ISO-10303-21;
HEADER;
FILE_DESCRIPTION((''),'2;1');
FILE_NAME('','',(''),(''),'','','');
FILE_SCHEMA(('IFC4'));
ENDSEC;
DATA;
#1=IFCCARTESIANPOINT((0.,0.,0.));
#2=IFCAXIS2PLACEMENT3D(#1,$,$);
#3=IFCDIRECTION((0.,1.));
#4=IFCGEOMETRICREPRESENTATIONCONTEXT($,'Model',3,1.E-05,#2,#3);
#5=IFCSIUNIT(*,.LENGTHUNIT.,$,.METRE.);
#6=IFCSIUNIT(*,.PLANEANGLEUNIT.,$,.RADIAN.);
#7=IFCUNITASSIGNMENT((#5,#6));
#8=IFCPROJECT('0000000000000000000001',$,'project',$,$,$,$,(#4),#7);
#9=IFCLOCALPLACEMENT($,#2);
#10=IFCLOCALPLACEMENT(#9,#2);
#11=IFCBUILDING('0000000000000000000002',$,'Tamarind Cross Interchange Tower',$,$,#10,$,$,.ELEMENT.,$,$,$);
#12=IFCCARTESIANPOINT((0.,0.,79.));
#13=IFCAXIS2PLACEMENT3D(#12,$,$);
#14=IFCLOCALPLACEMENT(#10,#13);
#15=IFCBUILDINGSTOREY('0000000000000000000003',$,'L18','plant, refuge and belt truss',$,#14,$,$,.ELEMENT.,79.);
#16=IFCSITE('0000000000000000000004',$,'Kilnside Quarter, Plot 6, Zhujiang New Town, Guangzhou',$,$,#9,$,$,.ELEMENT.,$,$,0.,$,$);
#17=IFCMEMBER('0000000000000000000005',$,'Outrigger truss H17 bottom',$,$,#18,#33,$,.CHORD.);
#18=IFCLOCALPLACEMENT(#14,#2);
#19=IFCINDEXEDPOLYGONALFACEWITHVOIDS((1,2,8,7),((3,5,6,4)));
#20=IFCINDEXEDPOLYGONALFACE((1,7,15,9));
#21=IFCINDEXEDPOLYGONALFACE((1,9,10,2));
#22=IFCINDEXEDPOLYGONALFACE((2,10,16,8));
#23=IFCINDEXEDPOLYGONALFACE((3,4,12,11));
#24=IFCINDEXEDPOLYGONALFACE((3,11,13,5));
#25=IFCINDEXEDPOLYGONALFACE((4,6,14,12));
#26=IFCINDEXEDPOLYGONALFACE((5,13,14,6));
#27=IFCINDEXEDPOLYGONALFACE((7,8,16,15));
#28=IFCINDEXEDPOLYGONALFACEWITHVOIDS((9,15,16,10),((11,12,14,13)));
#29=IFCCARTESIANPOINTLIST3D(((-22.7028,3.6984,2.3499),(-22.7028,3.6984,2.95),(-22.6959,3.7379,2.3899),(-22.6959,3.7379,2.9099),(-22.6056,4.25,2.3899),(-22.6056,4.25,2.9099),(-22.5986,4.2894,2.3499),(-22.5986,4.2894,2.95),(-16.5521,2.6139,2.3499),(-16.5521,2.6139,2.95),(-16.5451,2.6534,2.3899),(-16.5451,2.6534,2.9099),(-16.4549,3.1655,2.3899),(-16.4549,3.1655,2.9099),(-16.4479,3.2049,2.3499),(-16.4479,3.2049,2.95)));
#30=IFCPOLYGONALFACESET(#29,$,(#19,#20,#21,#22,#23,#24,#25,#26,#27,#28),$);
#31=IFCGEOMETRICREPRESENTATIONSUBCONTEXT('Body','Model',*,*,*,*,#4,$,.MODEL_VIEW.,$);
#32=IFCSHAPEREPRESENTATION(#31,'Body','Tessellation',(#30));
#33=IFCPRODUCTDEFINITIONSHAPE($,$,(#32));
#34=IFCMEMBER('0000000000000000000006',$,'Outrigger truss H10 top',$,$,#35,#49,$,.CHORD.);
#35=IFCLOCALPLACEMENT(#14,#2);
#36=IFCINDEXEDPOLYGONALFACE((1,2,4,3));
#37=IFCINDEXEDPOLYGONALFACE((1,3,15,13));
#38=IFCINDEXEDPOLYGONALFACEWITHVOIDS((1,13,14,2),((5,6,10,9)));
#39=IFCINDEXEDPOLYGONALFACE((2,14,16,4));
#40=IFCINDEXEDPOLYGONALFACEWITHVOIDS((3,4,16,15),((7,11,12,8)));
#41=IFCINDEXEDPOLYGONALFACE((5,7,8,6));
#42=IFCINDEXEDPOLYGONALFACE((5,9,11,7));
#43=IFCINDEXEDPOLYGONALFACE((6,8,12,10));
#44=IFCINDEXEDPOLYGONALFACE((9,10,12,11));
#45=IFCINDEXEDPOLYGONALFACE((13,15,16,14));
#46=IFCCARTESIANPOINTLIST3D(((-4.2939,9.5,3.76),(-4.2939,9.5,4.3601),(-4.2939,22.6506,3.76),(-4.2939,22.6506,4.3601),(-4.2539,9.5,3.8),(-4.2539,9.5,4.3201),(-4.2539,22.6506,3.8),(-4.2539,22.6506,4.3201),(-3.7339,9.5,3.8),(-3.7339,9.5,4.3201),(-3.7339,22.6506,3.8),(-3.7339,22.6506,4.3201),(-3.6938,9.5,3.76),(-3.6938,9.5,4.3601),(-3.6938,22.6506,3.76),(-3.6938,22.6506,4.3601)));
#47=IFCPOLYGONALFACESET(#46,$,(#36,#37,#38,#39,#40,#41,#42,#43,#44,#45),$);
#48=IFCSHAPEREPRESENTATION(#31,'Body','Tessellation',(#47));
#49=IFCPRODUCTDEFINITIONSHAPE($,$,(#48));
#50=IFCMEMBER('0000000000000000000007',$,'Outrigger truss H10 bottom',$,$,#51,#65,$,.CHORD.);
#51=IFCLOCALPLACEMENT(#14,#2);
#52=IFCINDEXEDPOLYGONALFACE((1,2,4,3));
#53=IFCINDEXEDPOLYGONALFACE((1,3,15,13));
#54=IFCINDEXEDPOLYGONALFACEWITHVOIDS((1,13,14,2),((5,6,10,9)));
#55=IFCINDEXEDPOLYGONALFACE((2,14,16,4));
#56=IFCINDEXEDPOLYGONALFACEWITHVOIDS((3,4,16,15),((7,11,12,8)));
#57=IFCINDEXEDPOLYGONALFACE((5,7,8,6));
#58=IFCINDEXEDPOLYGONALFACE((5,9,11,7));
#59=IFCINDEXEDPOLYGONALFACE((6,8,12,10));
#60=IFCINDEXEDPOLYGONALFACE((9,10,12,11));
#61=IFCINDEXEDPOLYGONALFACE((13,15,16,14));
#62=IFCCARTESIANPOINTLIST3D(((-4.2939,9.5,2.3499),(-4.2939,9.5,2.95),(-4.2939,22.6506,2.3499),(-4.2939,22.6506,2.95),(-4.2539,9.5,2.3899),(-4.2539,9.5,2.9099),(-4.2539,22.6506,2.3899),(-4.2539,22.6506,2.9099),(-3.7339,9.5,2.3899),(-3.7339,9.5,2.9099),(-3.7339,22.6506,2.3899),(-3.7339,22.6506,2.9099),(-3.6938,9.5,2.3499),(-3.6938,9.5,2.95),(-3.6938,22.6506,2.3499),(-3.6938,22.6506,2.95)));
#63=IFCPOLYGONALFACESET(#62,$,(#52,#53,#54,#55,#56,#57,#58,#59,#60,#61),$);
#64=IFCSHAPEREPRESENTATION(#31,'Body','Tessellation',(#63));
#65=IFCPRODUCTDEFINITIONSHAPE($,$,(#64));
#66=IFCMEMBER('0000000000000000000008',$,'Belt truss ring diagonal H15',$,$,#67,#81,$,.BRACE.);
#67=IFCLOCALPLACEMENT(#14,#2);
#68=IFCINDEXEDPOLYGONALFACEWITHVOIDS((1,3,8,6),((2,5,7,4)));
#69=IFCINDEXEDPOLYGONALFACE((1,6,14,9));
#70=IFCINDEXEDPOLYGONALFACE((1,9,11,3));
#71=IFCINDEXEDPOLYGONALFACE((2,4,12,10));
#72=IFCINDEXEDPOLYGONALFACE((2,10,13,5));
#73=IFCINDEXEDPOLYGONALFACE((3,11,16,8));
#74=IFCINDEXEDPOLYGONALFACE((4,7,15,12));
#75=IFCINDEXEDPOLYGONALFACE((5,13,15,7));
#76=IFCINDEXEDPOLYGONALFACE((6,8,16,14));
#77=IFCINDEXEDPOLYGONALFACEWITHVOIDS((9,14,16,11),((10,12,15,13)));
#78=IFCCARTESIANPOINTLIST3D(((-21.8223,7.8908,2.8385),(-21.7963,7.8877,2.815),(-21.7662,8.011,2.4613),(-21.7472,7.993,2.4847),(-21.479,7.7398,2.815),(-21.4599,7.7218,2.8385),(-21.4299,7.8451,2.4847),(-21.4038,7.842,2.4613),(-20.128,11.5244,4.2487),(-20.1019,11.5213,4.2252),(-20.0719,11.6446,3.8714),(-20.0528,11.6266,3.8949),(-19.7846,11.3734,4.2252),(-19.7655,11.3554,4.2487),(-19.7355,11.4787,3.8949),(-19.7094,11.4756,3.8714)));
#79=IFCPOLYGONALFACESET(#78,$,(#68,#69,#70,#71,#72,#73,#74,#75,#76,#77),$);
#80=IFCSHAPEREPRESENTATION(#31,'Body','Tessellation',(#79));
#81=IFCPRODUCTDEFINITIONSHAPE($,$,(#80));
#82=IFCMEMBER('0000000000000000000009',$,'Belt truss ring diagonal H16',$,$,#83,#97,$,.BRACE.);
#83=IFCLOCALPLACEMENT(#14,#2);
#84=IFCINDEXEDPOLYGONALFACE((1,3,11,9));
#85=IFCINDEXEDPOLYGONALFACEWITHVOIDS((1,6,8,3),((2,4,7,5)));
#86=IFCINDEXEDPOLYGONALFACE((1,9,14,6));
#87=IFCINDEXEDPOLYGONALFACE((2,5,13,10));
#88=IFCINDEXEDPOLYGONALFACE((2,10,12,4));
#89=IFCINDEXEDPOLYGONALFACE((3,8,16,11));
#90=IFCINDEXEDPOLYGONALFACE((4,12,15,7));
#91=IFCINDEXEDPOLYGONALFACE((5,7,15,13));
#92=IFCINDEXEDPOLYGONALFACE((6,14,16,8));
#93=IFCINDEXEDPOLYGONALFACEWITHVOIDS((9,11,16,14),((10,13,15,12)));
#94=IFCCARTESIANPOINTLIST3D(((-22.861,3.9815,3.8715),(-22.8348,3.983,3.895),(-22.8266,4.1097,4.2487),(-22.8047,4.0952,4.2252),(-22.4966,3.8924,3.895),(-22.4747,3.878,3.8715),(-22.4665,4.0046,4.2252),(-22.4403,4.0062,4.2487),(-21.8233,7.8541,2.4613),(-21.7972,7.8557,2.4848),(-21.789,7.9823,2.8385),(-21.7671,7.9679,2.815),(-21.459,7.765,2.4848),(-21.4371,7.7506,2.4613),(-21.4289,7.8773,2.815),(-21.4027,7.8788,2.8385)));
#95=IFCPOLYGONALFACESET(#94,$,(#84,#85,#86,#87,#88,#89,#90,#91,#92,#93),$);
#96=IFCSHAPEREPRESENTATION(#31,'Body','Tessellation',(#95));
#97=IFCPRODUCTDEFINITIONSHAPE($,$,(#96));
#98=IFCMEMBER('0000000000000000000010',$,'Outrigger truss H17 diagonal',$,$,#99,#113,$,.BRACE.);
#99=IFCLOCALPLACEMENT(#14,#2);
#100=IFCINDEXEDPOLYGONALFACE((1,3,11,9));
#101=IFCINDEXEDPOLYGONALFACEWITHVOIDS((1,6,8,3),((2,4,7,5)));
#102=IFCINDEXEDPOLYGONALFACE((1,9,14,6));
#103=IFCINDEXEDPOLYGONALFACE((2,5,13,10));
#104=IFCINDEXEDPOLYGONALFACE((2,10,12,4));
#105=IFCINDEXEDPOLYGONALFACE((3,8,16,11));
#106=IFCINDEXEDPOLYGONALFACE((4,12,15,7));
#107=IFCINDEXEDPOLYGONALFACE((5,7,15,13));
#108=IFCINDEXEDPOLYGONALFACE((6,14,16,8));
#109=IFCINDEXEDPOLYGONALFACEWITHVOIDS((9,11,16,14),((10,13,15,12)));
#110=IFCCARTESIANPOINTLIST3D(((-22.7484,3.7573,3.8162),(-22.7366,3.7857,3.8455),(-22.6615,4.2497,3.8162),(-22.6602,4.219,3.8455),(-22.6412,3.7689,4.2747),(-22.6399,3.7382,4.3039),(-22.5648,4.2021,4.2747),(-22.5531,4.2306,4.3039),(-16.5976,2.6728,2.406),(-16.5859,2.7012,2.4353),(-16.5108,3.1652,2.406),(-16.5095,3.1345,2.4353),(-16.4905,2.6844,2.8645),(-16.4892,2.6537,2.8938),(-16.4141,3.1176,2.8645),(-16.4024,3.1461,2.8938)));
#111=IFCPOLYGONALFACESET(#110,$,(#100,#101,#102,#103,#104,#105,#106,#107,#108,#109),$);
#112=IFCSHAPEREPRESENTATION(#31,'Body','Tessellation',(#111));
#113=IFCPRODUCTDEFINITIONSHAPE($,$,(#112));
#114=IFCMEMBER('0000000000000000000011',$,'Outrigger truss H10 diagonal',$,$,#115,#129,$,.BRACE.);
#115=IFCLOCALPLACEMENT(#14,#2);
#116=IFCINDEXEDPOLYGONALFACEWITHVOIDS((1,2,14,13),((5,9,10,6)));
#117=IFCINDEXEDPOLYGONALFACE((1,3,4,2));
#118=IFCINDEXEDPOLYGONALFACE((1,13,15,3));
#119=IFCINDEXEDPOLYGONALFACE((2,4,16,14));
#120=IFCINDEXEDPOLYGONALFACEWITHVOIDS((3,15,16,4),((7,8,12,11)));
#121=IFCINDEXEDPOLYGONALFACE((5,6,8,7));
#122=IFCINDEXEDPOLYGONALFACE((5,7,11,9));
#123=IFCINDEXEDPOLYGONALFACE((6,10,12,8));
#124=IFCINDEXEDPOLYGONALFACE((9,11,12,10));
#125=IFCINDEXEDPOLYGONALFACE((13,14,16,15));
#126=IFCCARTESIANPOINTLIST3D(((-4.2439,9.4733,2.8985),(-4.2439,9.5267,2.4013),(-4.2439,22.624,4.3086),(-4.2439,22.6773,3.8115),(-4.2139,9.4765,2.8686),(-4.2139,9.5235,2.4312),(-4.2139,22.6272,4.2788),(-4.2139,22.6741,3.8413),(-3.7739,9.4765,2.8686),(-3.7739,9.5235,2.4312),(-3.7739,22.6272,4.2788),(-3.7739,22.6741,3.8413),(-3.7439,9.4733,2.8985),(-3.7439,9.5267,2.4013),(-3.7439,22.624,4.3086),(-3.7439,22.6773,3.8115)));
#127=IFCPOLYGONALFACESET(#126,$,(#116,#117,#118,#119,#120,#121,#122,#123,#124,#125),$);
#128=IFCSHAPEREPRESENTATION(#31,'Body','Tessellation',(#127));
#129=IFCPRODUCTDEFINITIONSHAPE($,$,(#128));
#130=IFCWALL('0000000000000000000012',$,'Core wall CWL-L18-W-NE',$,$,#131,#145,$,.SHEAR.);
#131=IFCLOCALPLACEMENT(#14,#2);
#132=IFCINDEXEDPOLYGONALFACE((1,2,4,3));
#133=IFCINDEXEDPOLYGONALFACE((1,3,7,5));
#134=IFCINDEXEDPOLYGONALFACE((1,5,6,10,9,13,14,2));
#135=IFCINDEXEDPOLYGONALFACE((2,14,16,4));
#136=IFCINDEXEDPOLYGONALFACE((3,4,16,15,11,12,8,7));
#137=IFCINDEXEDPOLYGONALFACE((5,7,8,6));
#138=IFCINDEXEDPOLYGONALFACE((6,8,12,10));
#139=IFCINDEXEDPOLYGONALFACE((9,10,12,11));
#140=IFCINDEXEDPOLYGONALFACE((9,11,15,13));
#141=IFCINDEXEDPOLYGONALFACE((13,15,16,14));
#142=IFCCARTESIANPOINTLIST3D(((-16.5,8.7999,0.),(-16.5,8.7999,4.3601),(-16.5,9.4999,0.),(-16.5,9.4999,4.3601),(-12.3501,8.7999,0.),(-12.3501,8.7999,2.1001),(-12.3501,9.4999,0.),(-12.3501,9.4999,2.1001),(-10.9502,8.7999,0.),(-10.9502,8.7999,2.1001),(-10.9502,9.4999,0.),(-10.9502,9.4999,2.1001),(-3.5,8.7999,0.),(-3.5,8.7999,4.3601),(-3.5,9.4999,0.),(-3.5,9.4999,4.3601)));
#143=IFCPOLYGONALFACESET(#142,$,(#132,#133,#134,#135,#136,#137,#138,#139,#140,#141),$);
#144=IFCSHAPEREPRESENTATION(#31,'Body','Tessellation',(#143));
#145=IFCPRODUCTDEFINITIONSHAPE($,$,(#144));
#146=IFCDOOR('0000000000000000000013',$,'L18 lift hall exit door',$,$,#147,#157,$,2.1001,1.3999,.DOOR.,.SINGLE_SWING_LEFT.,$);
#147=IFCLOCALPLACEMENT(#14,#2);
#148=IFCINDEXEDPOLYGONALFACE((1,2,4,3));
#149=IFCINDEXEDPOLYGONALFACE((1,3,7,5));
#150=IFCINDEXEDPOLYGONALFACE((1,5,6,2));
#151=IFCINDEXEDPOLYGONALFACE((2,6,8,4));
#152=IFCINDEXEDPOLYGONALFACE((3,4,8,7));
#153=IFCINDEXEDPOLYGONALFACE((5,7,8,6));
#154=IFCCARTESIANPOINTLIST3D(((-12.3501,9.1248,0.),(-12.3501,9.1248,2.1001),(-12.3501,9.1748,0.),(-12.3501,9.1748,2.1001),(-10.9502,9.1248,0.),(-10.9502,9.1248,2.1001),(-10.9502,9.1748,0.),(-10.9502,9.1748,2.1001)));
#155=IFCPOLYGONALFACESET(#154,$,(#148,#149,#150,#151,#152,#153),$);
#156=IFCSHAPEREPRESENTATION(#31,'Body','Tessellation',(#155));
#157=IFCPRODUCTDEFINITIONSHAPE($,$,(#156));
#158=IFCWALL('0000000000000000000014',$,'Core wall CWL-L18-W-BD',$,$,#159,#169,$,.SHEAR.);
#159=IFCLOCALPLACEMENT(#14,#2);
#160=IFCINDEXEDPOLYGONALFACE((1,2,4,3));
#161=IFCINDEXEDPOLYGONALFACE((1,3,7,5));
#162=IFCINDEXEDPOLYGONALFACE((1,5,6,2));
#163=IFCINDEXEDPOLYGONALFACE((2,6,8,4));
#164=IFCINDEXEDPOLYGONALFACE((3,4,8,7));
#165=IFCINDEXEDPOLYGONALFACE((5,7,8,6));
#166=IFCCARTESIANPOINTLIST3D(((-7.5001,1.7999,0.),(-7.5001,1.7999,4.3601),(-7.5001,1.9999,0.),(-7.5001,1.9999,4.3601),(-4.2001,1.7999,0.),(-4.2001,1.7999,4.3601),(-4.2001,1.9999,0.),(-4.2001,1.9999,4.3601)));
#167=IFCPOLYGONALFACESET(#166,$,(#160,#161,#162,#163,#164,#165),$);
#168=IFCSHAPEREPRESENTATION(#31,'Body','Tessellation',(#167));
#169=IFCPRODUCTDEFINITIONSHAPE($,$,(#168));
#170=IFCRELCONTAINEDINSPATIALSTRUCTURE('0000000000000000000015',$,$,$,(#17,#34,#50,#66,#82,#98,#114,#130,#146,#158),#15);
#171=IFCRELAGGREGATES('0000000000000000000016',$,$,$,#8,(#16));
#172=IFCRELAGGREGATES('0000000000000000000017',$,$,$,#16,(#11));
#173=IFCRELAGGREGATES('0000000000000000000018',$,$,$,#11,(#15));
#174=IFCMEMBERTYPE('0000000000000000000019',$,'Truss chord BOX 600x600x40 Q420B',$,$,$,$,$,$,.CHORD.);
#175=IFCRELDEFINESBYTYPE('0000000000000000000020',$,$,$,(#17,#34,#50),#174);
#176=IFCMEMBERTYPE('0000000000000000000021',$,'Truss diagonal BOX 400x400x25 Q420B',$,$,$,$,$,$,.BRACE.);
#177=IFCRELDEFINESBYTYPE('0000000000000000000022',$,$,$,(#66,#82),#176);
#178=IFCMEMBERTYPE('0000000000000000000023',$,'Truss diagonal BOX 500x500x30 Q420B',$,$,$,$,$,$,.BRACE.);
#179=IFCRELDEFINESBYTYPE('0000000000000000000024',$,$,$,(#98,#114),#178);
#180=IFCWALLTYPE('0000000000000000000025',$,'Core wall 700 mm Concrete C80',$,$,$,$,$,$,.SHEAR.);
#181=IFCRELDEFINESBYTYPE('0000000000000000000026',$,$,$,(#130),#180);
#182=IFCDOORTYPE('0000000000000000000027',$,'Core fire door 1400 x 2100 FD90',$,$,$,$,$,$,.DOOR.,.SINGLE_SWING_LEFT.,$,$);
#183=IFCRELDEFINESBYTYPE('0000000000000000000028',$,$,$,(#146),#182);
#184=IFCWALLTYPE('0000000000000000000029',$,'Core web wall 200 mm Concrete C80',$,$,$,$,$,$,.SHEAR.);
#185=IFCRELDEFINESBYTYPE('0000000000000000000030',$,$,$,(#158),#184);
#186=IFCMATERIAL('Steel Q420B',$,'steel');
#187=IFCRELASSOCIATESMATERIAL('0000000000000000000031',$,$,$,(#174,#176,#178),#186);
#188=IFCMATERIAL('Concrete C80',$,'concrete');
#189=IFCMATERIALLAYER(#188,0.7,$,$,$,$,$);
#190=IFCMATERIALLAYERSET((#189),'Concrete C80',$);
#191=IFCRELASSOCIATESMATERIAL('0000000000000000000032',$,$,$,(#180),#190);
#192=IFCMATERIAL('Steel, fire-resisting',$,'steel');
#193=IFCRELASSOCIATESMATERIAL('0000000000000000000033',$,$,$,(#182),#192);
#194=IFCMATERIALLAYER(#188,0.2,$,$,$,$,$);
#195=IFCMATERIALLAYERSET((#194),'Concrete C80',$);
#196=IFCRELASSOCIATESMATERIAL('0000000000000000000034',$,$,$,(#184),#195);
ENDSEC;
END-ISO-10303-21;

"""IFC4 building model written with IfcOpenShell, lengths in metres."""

from ifc_helpers import new_model, si_unit, direction, frame, frame_2d, origin, origin_2d, place, context, subcontext, project, spatial, rectangle, hollow_rectangle, extrude, material, layer, layer_set, material_profile, profile_set, type_object, element, fill, save


model = new_model("IFC4")

# Units and contexts
model_context = context("Model", 3, precision=1e-05, world=origin(), true_north=direction((0.0, 1.0)))
body_context = subcontext(model_context, "Body", "Model", "MODEL_VIEW")
ifc_project = project(units=[si_unit("LENGTHUNIT", "METRE"), si_unit("PLANEANGLEUNIT", "RADIAN")], contexts=[model_context])

# Site, building, storey
site_placement = place(None, origin())
site = spatial("IfcSite", under=ifc_project, at=site_placement, Name="Kilnside Quarter, Plot 6, Zhujiang New Town, Guangzhou", CompositionType="ELEMENT", RefElevation=0.0)
building_placement = place(site_placement, origin())
building = spatial("IfcBuilding", under=site, at=building_placement, Name="Tamarind Cross Interchange Tower", CompositionType="ELEMENT")
storey_placement = place(building_placement, frame((0.0, 0.0, 79.0)))
storey = spatial("IfcBuildingStorey", under=building, at=storey_placement, Name="L18", Description="plant, refuge and belt truss", CompositionType="ELEMENT", Elevation=79.0)

# Members
ifc_material_1 = material(Name="Steel Q420B", Category="steel")
ifc_material_profile_1 = material_profile(ifc_material_1, hollow_rectangle(XDim=0.6001, YDim=0.6001, WallThickness=0.04, at=origin_2d()), Name="BOX 600x600x40")
ifc_profile_set_1 = profile_set([ifc_material_profile_1], Name="Steel Q420B")
member_type_1 = type_object("IfcMemberType", Name="Truss chord BOX 600x600x40 Q420B", PredefinedType="CHORD", material=ifc_profile_set_1)
for number, where, z_axis, x_axis, name in (
    (1, (-16.5, 2.9094, 2.6499), (-0.984809, 0.17364, 0.0), (-0.17364, -0.984809, 0.0), "Outrigger truss H17 bottom"),
):
    element("IfcMember", number, at=place(storey_placement, frame(where, z_axis=z_axis, x_axis=x_axis)), inside=storey, type_object=member_type_1, Name=name, PredefinedType="CHORD", context=body_context, shape_type="SweptSolid", body=[
        extrude(hollow_rectangle(XDim=0.6001, YDim=0.6001, WallThickness=0.04, at=origin_2d()), origin(), (0.0, 0.0, 1.0), 6.2456),
    ])
for number, where, z_axis, x_axis, name in (
    (2, (-3.9939, 9.5, 4.0601), (0.0, 1.0, 0.0), (-1.0, 0.0, 0.0), "Outrigger truss H10 top"),
    (3, (-3.9939, 9.5, 2.6499), (0.0, 1.0, 0.0), (-1.0, 0.0, 0.0), "Outrigger truss H10 bottom"),
):
    element("IfcMember", number, at=place(storey_placement, frame(where, z_axis=z_axis, x_axis=x_axis)), inside=storey, type_object=member_type_1, Name=name, PredefinedType="CHORD", context=body_context, shape_type="SweptSolid", body=[
        extrude(hollow_rectangle(XDim=0.6001, YDim=0.6001, WallThickness=0.04, at=origin_2d()), origin(), (0.0, 0.0, 1.0), 13.1506),
    ])
ifc_material_profile_2 = material_profile(ifc_material_1, hollow_rectangle(XDim=0.3999, YDim=0.3999, WallThickness=0.0249, at=origin_2d()), Name="BOX 400x400x25")
ifc_profile_set_2 = profile_set([ifc_material_profile_2], Name="Steel Q420B")
member_type_2 = type_object("IfcMemberType", Name="Truss diagonal BOX 400x400x25 Q420B", PredefinedType="BRACE", material=ifc_profile_set_2)
for number, where, z_axis, x_axis, name in (
    (4, (-19.9187, 11.5, 4.0601), (-0.398673, -0.854964, -0.331806), (0.906309, -0.422615, 0.0), "Belt truss ring diagonal H15"),
    (5, (-21.613, 7.8665, 2.6499), (-0.244145, -0.911206, 0.331807), (0.965929, -0.258807, 0.0), "Belt truss ring diagonal H16"),
):
    element("IfcMember", number, at=place(storey_placement, frame(where, z_axis=z_axis, x_axis=x_axis)), inside=storey, type_object=member_type_2, Name=name, PredefinedType="BRACE", context=body_context, shape_type="SweptSolid", body=[
        extrude(hollow_rectangle(XDim=0.3999, YDim=0.3999, WallThickness=0.0249, at=origin_2d()), origin(), (0.0, 0.0, 1.0), 4.25),
    ])
ifc_material_profile_3 = material_profile(ifc_material_1, hollow_rectangle(XDim=0.5, YDim=0.5, WallThickness=0.03, at=origin_2d()), Name="BOX 500x500x30")
ifc_profile_set_3 = profile_set([ifc_material_profile_3], Name="Steel Q420B")
member_type_3 = type_object("IfcMemberType", Name="Truss diagonal BOX 500x500x30 Q420B", PredefinedType="BRACE", material=ifc_profile_set_3)
member_1_placement = place(storey_placement, frame((-16.5, 2.9094, 2.6499), z_axis=(-0.960627, 0.169377, 0.220243), x_axis=(-0.17364, -0.984809, 0.0)))
element("IfcMember", 6, at=member_1_placement, inside=storey, type_object=member_type_3, Name="Outrigger truss H17 diagonal", PredefinedType="BRACE", context=body_context, shape_type="SweptSolid", body=[
    extrude(hollow_rectangle(XDim=0.5, YDim=0.5, WallThickness=0.03, at=origin_2d()), origin(), (0.0, 0.0, 1.0), 6.4028),
])
member_2_placement = place(storey_placement, frame((-3.9939, 9.5, 2.6499), z_axis=(0.0, 0.9943, 0.10662), x_axis=(-1.0, 0.0, 0.0)))
element("IfcMember", 7, at=member_2_placement, inside=storey, type_object=member_type_3, Name="Outrigger truss H10 diagonal", PredefinedType="BRACE", context=body_context, shape_type="SweptSolid", body=[
    extrude(hollow_rectangle(XDim=0.5, YDim=0.5, WallThickness=0.03, at=origin_2d()), origin(), (0.0, 0.0, 1.0), 13.2261),
])

# Wall, opening, door
ifc_material_2 = material(Name="Concrete C80", Category="concrete")
ifc_layer_1 = layer(ifc_material_2, 0.7)
ifc_layer_set_1 = layer_set([ifc_layer_1], Name="Concrete C80")
wall_type_1 = type_object("IfcWallType", Name="Core wall 700 mm Concrete C80", PredefinedType="SHEAR", material=ifc_layer_set_1)
wall_1_placement = place(storey_placement, frame((-16.5, 9.1499, 0.0), z_axis=(0.0, 0.0, 1.0), x_axis=(1.0, 0.0, 0.0)))
wall_1 = element("IfcWall", 8, at=wall_1_placement, inside=storey, type_object=wall_type_1, Name="Core wall CWL-L18-W-NE", PredefinedType="SHEAR", context=body_context, shape_type="SweptSolid", body=[
    extrude(rectangle(XDim=13.0, YDim=0.7, at=frame_2d((6.5, 0.0))), origin(), (0.0, 0.0, 1.0), 4.3601),
])
opening_1_placement = place(wall_1_placement, frame((4.1499, 0.0, 0.0)))
opening_1 = element("IfcOpeningElement", 9, at=opening_1_placement, cuts=wall_1, PredefinedType="OPENING", context=body_context, shape_type="SweptSolid", body=[
    extrude(rectangle(XDim=1.3999, YDim=2.1001, at=frame_2d((0.7, 1.05))), frame((0.0, 0.3599, 0.0), z_axis=(0.0, -1.0, 0.0), x_axis=(1.0, 0.0, 0.0)), (0.0, 0.0, 1.0), 0.72),
])
ifc_material_3 = material(Name="Steel, fire-resisting", Category="steel")
door_type_1 = type_object("IfcDoorType", Name="Core fire door 1400 x 2100 FD90", OperationType="SINGLE_SWING_LEFT", PredefinedType="DOOR", material=ifc_material_3)
door_1_placement = place(opening_1_placement, origin())
door_1 = element("IfcDoor", 10, at=door_1_placement, inside=storey, type_object=door_type_1, Name="L18 lift hall exit door", OperationType="SINGLE_SWING_LEFT", OverallHeight=2.1001, OverallWidth=1.3999, PredefinedType="DOOR", context=body_context, shape_type="SweptSolid", body=[
    extrude(rectangle(XDim=1.3999, YDim=2.1001, at=frame_2d((0.7, 1.05))), frame((0.0, 0.0249, 0.0), z_axis=(0.0, -1.0, 0.0), x_axis=(1.0, 0.0, 0.0)), (0.0, 0.0, 1.0), 0.05),
])
fill(opening_1, door_1)

# Wall
ifc_layer_2 = layer(ifc_material_2, 0.2)
ifc_layer_set_2 = layer_set([ifc_layer_2], Name="Concrete C80")
wall_type_2 = type_object("IfcWallType", Name="Core web wall 200 mm Concrete C80", PredefinedType="SHEAR", material=ifc_layer_set_2)
wall_2_placement = place(storey_placement, frame((-7.5, 1.8999, 0.0), z_axis=(0.0, 0.0, 1.0), x_axis=(1.0, 0.0, 0.0)))
element("IfcWall", 11, at=wall_2_placement, inside=storey, type_object=wall_type_2, Name="Core wall CWL-L18-W-BD", PredefinedType="SHEAR", context=body_context, shape_type="SweptSolid", body=[
    extrude(rectangle(XDim=3.3, YDim=0.2, at=frame_2d((1.6499, 0.0))), origin(), (0.0, 0.0, 1.0), 4.3601),
])

save(model, "model.ifc")
